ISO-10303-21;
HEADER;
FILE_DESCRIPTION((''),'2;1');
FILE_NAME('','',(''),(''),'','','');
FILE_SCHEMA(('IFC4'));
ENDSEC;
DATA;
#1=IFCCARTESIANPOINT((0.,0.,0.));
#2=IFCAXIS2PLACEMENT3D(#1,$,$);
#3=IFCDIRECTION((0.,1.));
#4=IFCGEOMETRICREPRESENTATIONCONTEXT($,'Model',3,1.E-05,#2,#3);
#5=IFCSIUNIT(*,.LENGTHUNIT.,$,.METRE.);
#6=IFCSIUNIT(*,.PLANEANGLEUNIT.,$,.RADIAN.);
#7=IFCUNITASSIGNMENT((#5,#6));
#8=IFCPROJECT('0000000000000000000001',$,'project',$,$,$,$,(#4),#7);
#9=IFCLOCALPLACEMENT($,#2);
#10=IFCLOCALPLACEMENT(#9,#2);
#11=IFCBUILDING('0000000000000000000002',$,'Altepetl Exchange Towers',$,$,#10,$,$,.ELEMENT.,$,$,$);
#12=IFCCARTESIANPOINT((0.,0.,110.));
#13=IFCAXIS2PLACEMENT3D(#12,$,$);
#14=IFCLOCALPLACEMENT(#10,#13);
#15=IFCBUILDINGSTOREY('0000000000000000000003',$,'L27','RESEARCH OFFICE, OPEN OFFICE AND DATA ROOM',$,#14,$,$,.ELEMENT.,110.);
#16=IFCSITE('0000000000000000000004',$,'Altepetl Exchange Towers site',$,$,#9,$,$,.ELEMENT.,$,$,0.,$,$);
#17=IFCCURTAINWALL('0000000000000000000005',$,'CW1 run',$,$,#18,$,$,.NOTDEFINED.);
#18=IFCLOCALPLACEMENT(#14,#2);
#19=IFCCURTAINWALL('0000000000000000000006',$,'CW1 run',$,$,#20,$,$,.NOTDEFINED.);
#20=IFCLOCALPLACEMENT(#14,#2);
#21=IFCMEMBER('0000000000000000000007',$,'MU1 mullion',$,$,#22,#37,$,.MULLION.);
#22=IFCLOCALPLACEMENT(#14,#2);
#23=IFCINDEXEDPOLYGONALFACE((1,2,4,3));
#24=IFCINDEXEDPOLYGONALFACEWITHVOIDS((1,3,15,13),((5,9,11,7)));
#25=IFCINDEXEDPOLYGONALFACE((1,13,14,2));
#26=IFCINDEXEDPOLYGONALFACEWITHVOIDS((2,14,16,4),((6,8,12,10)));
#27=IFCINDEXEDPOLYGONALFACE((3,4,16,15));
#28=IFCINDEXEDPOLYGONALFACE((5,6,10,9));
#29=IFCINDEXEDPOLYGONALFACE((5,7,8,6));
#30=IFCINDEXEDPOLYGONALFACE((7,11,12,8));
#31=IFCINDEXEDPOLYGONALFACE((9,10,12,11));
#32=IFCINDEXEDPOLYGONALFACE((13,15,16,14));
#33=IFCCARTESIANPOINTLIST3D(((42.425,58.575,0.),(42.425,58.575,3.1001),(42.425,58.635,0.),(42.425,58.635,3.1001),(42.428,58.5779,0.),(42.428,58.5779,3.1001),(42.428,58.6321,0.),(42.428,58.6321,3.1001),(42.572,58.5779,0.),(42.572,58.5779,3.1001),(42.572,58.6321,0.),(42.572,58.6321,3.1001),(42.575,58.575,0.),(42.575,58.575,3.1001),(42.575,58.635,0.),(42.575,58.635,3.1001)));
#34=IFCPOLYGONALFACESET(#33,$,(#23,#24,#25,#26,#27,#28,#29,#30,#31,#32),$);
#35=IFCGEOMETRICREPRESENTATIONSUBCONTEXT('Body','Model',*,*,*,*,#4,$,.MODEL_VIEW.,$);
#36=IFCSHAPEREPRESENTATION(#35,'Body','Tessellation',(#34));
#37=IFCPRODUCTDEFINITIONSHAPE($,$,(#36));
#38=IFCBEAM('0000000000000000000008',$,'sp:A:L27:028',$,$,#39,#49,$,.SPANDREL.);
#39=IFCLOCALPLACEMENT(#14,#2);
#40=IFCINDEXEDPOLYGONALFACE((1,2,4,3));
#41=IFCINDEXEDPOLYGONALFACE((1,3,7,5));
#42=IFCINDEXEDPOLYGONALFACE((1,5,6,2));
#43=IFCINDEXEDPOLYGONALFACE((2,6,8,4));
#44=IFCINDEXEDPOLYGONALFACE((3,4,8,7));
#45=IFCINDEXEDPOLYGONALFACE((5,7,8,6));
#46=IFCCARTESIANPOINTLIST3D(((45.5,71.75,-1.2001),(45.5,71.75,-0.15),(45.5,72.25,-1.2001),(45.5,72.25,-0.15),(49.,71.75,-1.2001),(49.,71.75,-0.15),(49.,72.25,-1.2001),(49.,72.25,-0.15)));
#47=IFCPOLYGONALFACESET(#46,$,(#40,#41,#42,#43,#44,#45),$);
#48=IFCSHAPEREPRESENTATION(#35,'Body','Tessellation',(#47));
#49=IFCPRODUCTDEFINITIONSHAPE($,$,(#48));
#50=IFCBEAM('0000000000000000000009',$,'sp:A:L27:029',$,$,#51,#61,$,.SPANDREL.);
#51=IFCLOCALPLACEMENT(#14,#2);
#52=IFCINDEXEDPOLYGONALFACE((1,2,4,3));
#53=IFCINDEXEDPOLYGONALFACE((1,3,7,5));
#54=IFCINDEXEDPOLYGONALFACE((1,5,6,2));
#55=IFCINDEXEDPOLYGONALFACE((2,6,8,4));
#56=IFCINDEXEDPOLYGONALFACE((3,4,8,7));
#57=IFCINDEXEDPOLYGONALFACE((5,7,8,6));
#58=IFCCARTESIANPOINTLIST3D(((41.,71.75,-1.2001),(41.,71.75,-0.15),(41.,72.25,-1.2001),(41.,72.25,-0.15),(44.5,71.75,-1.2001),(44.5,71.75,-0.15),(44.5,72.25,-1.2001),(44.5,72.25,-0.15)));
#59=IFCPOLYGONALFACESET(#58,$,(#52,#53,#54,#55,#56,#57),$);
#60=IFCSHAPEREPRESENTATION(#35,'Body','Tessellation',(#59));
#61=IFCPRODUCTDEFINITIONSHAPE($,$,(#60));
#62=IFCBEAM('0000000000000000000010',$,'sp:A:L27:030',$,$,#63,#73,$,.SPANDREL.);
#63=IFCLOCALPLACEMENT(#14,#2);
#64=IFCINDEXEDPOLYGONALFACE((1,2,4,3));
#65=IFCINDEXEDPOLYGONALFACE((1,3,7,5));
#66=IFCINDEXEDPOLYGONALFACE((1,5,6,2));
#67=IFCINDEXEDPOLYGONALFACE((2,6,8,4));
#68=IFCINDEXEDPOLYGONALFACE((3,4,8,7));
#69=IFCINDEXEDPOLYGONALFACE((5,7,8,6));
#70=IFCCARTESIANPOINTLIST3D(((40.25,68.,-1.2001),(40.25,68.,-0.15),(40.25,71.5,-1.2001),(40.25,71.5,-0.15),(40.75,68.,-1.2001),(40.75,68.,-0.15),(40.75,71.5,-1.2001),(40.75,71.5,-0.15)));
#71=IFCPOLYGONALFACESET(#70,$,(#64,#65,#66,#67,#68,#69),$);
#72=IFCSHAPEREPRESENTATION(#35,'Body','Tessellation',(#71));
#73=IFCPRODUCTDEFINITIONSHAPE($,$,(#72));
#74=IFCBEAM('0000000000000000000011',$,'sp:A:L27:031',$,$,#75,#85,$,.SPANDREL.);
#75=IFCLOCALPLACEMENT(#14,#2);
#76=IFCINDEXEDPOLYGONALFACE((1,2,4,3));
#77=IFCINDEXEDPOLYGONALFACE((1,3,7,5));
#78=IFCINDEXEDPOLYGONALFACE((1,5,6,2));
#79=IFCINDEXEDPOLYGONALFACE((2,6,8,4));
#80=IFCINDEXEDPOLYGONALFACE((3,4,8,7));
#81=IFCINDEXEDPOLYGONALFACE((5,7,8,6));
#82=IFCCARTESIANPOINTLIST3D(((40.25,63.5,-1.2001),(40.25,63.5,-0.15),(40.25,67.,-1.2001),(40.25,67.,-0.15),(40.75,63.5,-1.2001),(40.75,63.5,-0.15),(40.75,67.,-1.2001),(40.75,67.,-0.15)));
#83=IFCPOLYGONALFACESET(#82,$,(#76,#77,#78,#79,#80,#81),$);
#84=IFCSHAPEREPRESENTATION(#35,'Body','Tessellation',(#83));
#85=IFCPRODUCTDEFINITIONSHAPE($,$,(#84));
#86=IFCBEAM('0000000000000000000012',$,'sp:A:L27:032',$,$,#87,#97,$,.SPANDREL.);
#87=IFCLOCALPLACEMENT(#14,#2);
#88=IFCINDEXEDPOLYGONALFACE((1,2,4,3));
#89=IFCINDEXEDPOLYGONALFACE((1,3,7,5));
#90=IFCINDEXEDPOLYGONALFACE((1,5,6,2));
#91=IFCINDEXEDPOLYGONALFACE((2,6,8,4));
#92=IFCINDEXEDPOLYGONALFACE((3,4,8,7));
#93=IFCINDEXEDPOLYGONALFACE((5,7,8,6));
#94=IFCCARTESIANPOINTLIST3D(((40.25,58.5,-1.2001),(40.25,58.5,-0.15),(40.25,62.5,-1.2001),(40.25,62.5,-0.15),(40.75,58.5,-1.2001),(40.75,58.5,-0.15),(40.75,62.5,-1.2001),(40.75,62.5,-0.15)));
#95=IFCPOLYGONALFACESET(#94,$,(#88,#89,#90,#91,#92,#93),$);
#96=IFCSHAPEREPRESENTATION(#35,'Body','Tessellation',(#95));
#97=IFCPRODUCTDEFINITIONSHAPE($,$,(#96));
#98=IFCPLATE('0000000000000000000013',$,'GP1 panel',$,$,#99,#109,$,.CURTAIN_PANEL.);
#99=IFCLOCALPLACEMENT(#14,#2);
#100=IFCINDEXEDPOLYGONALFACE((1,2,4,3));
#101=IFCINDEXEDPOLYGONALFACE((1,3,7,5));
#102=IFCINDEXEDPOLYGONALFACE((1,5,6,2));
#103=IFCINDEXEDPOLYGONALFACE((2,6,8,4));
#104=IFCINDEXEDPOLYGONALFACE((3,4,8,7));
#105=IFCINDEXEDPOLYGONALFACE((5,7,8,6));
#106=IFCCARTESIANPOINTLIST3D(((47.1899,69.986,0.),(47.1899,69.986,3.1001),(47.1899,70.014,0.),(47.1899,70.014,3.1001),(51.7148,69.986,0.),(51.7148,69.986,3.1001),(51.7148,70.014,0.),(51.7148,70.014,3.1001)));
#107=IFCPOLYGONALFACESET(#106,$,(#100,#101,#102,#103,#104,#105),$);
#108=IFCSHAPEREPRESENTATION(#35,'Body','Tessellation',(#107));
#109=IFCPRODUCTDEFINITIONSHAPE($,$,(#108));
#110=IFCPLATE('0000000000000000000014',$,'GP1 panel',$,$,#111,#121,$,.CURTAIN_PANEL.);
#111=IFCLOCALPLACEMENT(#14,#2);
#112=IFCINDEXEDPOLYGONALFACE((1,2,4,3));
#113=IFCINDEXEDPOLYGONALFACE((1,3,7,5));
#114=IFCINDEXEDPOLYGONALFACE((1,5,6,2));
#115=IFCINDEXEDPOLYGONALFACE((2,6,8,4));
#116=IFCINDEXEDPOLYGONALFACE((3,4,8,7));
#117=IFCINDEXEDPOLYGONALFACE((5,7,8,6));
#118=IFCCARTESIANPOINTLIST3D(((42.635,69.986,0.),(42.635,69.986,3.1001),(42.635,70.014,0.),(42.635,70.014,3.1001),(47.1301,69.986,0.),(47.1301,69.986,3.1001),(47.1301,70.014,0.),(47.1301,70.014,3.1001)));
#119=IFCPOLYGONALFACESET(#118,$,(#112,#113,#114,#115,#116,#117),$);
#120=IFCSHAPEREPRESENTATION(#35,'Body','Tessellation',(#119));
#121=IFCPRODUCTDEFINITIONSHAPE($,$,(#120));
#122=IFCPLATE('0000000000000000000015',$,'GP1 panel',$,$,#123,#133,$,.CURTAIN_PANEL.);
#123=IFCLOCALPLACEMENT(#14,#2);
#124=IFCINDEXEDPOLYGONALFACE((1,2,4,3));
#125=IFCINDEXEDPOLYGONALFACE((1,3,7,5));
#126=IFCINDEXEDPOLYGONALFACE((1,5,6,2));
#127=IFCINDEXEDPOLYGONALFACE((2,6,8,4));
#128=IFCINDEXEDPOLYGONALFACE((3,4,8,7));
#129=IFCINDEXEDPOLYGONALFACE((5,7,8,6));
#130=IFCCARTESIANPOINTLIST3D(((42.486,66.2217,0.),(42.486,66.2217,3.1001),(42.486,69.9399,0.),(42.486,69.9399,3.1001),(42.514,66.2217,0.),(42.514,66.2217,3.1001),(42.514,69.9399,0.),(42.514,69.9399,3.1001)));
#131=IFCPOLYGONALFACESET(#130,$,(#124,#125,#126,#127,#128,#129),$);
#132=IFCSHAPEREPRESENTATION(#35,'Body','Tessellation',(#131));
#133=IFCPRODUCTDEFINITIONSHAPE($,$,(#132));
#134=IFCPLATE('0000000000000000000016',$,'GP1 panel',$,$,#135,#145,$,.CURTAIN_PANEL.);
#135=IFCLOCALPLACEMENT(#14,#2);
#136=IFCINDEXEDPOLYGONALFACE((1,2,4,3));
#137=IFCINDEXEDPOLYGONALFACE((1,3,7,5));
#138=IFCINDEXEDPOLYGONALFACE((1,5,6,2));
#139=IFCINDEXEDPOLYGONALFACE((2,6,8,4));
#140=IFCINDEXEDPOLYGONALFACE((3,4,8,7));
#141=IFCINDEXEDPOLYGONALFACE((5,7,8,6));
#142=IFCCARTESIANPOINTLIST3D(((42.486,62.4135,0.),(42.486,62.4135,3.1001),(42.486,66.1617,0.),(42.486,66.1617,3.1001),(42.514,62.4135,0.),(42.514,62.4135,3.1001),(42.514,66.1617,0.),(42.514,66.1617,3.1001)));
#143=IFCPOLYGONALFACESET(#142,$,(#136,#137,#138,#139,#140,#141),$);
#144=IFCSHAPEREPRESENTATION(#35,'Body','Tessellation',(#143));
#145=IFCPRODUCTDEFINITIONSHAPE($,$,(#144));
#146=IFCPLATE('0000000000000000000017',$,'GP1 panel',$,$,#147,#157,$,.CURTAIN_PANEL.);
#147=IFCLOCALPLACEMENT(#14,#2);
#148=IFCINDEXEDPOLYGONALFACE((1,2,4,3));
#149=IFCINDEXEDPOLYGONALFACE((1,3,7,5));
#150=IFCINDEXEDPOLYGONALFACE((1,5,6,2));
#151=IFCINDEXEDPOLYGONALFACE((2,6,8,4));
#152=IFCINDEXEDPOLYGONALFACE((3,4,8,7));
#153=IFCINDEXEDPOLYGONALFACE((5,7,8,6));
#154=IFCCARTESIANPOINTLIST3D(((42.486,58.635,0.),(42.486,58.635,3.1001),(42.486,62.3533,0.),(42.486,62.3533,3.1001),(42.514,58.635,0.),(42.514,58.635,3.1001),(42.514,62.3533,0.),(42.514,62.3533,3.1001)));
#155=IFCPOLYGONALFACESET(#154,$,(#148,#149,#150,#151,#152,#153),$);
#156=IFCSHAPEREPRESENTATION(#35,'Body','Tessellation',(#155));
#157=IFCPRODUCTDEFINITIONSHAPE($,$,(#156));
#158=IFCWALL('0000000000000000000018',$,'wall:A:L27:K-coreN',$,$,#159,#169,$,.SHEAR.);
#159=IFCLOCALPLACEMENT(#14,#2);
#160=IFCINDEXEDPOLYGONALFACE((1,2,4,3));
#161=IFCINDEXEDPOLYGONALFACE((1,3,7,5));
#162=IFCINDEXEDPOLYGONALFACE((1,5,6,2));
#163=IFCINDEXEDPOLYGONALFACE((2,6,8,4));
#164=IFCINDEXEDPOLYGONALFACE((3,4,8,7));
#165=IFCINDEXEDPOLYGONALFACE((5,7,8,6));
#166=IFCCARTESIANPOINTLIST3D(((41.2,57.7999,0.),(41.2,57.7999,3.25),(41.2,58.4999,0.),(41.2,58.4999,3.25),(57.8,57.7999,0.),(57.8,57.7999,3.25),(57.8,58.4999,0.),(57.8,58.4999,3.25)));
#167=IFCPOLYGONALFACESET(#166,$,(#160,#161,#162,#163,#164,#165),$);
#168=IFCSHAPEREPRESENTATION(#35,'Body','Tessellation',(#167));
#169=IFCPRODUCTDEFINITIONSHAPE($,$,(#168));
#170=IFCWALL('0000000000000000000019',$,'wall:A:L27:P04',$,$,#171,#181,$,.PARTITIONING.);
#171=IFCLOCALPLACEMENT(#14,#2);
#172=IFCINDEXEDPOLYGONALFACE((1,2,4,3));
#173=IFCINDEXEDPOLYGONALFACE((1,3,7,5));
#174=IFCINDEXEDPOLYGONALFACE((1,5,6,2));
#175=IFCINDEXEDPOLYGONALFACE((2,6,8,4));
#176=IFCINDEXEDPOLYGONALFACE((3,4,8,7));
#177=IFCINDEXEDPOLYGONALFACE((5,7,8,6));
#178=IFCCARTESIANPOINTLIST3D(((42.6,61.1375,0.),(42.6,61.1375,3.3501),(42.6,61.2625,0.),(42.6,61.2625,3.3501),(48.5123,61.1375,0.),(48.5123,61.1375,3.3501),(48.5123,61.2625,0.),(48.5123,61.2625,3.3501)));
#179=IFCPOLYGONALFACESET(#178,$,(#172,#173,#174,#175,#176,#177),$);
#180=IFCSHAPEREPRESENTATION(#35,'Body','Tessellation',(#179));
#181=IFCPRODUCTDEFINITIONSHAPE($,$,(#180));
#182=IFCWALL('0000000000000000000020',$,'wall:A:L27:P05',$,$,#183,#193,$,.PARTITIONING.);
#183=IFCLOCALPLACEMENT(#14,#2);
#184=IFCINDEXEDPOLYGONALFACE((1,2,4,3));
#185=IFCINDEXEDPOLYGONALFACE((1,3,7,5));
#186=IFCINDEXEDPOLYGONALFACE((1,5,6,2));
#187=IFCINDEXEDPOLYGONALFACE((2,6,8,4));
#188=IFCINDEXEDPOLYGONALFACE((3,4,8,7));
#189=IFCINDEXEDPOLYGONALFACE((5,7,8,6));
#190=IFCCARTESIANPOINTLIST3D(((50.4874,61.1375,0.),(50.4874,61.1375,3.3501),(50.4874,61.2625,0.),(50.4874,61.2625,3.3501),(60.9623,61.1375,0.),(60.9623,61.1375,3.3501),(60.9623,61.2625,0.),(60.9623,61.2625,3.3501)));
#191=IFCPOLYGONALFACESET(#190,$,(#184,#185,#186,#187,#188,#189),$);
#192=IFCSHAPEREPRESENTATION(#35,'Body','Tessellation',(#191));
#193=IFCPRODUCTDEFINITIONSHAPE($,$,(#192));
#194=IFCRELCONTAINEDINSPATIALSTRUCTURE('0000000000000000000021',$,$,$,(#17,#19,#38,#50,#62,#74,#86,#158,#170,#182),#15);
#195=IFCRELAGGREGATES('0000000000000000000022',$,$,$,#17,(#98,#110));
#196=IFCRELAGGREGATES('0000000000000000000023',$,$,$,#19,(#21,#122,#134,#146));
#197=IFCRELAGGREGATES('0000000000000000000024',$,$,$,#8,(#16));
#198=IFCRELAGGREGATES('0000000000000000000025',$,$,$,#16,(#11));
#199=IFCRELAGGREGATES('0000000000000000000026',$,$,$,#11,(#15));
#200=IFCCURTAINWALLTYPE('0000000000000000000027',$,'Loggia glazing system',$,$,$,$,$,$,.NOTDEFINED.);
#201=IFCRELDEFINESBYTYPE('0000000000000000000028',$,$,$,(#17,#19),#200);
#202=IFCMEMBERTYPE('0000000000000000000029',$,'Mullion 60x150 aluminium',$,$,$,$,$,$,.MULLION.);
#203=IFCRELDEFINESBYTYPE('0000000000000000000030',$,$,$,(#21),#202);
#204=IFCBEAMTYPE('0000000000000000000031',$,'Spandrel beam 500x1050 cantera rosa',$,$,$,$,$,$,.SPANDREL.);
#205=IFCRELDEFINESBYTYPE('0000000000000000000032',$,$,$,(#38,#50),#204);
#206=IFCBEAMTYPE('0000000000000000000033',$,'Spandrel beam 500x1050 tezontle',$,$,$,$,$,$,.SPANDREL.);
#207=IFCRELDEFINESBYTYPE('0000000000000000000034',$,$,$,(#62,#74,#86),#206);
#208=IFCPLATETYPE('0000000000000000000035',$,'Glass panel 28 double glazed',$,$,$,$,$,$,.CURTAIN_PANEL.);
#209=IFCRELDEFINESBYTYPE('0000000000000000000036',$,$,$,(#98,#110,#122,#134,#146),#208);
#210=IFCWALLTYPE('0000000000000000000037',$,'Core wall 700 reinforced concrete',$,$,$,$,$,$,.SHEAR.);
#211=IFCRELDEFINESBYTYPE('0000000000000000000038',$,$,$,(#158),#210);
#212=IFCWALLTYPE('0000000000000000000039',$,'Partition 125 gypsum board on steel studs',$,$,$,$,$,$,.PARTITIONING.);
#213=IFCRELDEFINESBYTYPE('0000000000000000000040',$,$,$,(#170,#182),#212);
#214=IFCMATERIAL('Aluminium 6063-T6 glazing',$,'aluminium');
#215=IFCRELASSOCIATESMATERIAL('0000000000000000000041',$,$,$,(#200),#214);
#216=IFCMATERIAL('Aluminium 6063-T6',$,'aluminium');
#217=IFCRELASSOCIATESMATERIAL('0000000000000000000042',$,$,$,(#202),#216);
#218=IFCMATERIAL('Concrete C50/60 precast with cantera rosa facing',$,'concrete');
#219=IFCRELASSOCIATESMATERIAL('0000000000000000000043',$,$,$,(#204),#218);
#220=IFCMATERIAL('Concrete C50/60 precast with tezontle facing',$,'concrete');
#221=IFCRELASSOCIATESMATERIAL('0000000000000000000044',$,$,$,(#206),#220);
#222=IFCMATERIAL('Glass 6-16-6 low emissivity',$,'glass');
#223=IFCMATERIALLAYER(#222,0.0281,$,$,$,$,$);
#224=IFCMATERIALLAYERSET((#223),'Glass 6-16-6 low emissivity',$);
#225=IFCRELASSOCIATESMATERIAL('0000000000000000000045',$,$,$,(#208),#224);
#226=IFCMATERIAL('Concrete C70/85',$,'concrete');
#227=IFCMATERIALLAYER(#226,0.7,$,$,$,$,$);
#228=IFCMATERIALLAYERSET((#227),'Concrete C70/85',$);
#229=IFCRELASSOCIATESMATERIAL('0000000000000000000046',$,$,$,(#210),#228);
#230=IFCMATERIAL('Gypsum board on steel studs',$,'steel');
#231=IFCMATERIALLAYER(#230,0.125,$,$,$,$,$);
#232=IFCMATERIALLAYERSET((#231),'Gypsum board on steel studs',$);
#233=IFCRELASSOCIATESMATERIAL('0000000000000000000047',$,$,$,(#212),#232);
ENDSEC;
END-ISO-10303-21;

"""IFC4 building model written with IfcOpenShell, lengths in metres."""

from ifc_helpers import new_model, si_unit, direction, frame, frame_2d, origin, origin_2d, place, context, subcontext, project, spatial, rectangle, hollow_rectangle, extrude, material, layer, layer_set, material_profile, profile_set, type_object, element, aggregate, save


model = new_model("IFC4")

# Units and contexts
model_context = context("Model", 3, precision=1e-05, world=origin(), true_north=direction((0.0, 1.0)))
body_context = subcontext(model_context, "Body", "Model", "MODEL_VIEW")
ifc_project = project(units=[si_unit("LENGTHUNIT", "METRE"), si_unit("PLANEANGLEUNIT", "RADIAN")], contexts=[model_context])

# Site, building, storey
site_placement = place(None, origin())
site = spatial("IfcSite", under=ifc_project, at=site_placement, Name="Altepetl Exchange Towers site", CompositionType="ELEMENT", RefElevation=0.0)
building_placement = place(site_placement, origin())
building = spatial("IfcBuilding", under=site, at=building_placement, Name="Altepetl Exchange Towers", CompositionType="ELEMENT")
storey_placement = place(building_placement, frame((0.0, 0.0, 110.0)))
storey = spatial("IfcBuildingStorey", under=building, at=storey_placement, Name="L27", Description="RESEARCH OFFICE, OPEN OFFICE AND DATA ROOM", CompositionType="ELEMENT", Elevation=110.0)

# Curtain walls, member
ifc_material_1 = material(Name="Aluminium 6063-T6 glazing", Category="aluminium")
curtain_wall_type = type_object("IfcCurtainWallType", Name="Loggia glazing system", PredefinedType="NOTDEFINED", material=ifc_material_1)
curtain_wall_1_placement = place(storey_placement, origin())
curtain_wall_1 = element("IfcCurtainWall", 1, at=curtain_wall_1_placement, inside=storey, type_object=curtain_wall_type, Name="CW1 run", PredefinedType="NOTDEFINED")
ifc_material_2 = material(Name="Aluminium 6063-T6", Category="aluminium")
ifc_material_profile_1 = material_profile(ifc_material_2, hollow_rectangle(XDim=0.0601, YDim=0.1499, WallThickness=0.0029, at=origin_2d()), Name="Mullion 60x150 aluminium")
ifc_profile_set_1 = profile_set([ifc_material_profile_1], Name="Aluminium 6063-T6")
member_type = type_object("IfcMemberType", Name="Mullion 60x150 aluminium", PredefinedType="MULLION", material=ifc_profile_set_1)
curtain_wall_2_placement = place(storey_placement, origin())
curtain_wall_2 = element("IfcCurtainWall", 2, at=curtain_wall_2_placement, inside=storey, type_object=curtain_wall_type, Name="CW1 run", PredefinedType="NOTDEFINED")
member_1_placement = place(storey_placement, frame((42.5, 58.605, 0.0), z_axis=(0.0, 0.0, 1.0), x_axis=(0.0, -1.0, 0.0)))
member_1 = element("IfcMember", 3, at=member_1_placement, type_object=member_type, Name="MU1 mullion", PredefinedType="MULLION", context=body_context, shape_type="SweptSolid", body=[
    extrude(hollow_rectangle(XDim=0.0601, YDim=0.1499, WallThickness=0.0029, at=origin_2d()), origin(), (0.0, 0.0, 1.0), 3.1001),
])

# Beams
ifc_material_3 = material(Name="Concrete C50/60 precast with cantera rosa facing", Category="concrete")
ifc_material_profile_2 = material_profile(ifc_material_3, rectangle(XDim=0.5, YDim=1.05, at=origin_2d()), Name="500 x 1050")
ifc_profile_set_2 = profile_set([ifc_material_profile_2], Name="Concrete C50/60 precast with cantera rosa facing")
beam_type_1 = type_object("IfcBeamType", Name="Spandrel beam 500x1050 cantera rosa", PredefinedType="SPANDREL", material=ifc_profile_set_2)
for number, where, z_axis, x_axis, name in (
    (4, (49.0, 72.0, -0.675), (-1.0, 0.0, 0.0), (0.0, -1.0, 0.0), "sp:A:L27:028"),
    (5, (44.5, 72.0, -0.675), (-1.0, 0.0, 0.0), (0.0, -1.0, 0.0), "sp:A:L27:029"),
):
    element("IfcBeam", number, at=place(storey_placement, frame(where, z_axis=z_axis, x_axis=x_axis)), inside=storey, type_object=beam_type_1, Name=name, PredefinedType="SPANDREL", context=body_context, shape_type="SweptSolid", body=[
        extrude(rectangle(XDim=0.5, YDim=1.05, at=origin_2d()), origin(), (0.0, 0.0, 1.0), 3.5),
    ])
ifc_material_4 = material(Name="Concrete C50/60 precast with tezontle facing", Category="concrete")
ifc_material_profile_3 = material_profile(ifc_material_4, rectangle(XDim=0.5, YDim=1.05, at=origin_2d()), Name="500 x 1050")
ifc_profile_set_3 = profile_set([ifc_material_profile_3], Name="Concrete C50/60 precast with tezontle facing")
beam_type_2 = type_object("IfcBeamType", Name="Spandrel beam 500x1050 tezontle", PredefinedType="SPANDREL", material=ifc_profile_set_3)
for number, where, z_axis, x_axis, name in (
    (6, (40.5, 71.5, -0.675), (0.0, -1.0, 0.0), (1.0, 0.0, 0.0), "sp:A:L27:030"),
    (7, (40.5, 67.0, -0.675), (0.0, -1.0, 0.0), (1.0, 0.0, 0.0), "sp:A:L27:031"),
):
    element("IfcBeam", number, at=place(storey_placement, frame(where, z_axis=z_axis, x_axis=x_axis)), inside=storey, type_object=beam_type_2, Name=name, PredefinedType="SPANDREL", context=body_context, shape_type="SweptSolid", body=[
        extrude(rectangle(XDim=0.5, YDim=1.05, at=origin_2d()), origin(), (0.0, 0.0, 1.0), 3.5),
    ])
beam_placement = place(storey_placement, frame((40.5, 62.5, -0.675), z_axis=(0.0, -1.0, 0.0), x_axis=(1.0, 0.0, 0.0)))
element("IfcBeam", 8, at=beam_placement, inside=storey, type_object=beam_type_2, Name="sp:A:L27:032", PredefinedType="SPANDREL", context=body_context, shape_type="SweptSolid", body=[
    extrude(rectangle(XDim=0.5, YDim=1.05, at=origin_2d()), origin(), (0.0, 0.0, 1.0), 4.0),
])

# Plates
ifc_material_5 = material(Name="Glass 6-16-6 low emissivity", Category="glass")
ifc_layer_1 = layer(ifc_material_5, 0.0281)
ifc_layer_set_1 = layer_set([ifc_layer_1], Name="Glass 6-16-6 low emissivity")
plate_type = type_object("IfcPlateType", Name="Glass panel 28 double glazed", PredefinedType="CURTAIN_PANEL", material=ifc_layer_set_1)
plate_1_placement = place(storey_placement, frame((49.4524, 70.0, 0.0), z_axis=(0.0, 0.0, 1.0), x_axis=(-1.0, 0.0, 0.0)))
plate_1 = element("IfcPlate", 9, at=plate_1_placement, type_object=plate_type, Name="GP1 panel", PredefinedType="CURTAIN_PANEL", context=body_context, shape_type="SweptSolid", body=[
    extrude(rectangle(XDim=4.5249, YDim=0.0281, at=origin_2d()), origin(), (0.0, 0.0, 1.0), 3.1001),
])
plate_2_placement = place(storey_placement, frame((44.8826, 70.0, 0.0), z_axis=(0.0, 0.0, 1.0), x_axis=(-1.0, 0.0, 0.0)))
plate_2 = element("IfcPlate", 10, at=plate_2_placement, type_object=plate_type, Name="GP1 panel", PredefinedType="CURTAIN_PANEL", context=body_context, shape_type="SweptSolid", body=[
    extrude(rectangle(XDim=4.4951, YDim=0.0281, at=origin_2d()), origin(), (0.0, 0.0, 1.0), 3.1001),
])
aggregate(curtain_wall_1, [plate_1, plate_2])
plate_3_placement = place(storey_placement, frame((42.5, 68.0808, 0.0), z_axis=(0.0, 0.0, 1.0), x_axis=(0.0, -1.0, 0.0)))
plate_3 = element("IfcPlate", 11, at=plate_3_placement, type_object=plate_type, Name="GP1 panel", PredefinedType="CURTAIN_PANEL", context=body_context, shape_type="SweptSolid", body=[
    extrude(rectangle(XDim=3.7183, YDim=0.0281, at=origin_2d()), origin(), (0.0, 0.0, 1.0), 3.1001),
])
plate_4_placement = place(storey_placement, frame((42.5, 64.2876, 0.0), z_axis=(0.0, 0.0, 1.0), x_axis=(0.0, -1.0, 0.0)))
plate_4 = element("IfcPlate", 12, at=plate_4_placement, type_object=plate_type, Name="GP1 panel", PredefinedType="CURTAIN_PANEL", context=body_context, shape_type="SweptSolid", body=[
    extrude(rectangle(XDim=3.7483, YDim=0.0281, at=origin_2d()), origin(), (0.0, 0.0, 1.0), 3.1001),
])
plate_5_placement = place(storey_placement, frame((42.5, 60.4941, 0.0), z_axis=(0.0, 0.0, 1.0), x_axis=(0.0, -1.0, 0.0)))
plate_5 = element("IfcPlate", 13, at=plate_5_placement, type_object=plate_type, Name="GP1 panel", PredefinedType="CURTAIN_PANEL", context=body_context, shape_type="SweptSolid", body=[
    extrude(rectangle(XDim=3.7183, YDim=0.0281, at=origin_2d()), origin(), (0.0, 0.0, 1.0), 3.1001),
])
aggregate(curtain_wall_2, [member_1, plate_3, plate_4, plate_5])

# Walls
ifc_material_6 = material(Name="Concrete C70/85", Category="concrete")
ifc_layer_2 = layer(ifc_material_6, 0.7)
ifc_layer_set_2 = layer_set([ifc_layer_2], Name="Concrete C70/85")
wall_type_1 = type_object("IfcWallType", Name="Core wall 700 reinforced concrete", PredefinedType="SHEAR", material=ifc_layer_set_2)
wall_1_placement = place(storey_placement, frame((41.2, 58.1499, 0.0)))
element("IfcWall", 14, at=wall_1_placement, inside=storey, type_object=wall_type_1, Name="wall:A:L27:K-coreN", PredefinedType="SHEAR", context=body_context, shape_type="SweptSolid", body=[
    extrude(rectangle(XDim=16.6001, YDim=0.7, at=frame_2d((8.3, 0.0))), origin(), (0.0, 0.0, 1.0), 3.25),
])
ifc_material_7 = material(Name="Gypsum board on steel studs", Category="steel")
ifc_layer_3 = layer(ifc_material_7, 0.125)
ifc_layer_set_3 = layer_set([ifc_layer_3], Name="Gypsum board on steel studs")
wall_type_2 = type_object("IfcWallType", Name="Partition 125 gypsum board on steel studs", PredefinedType="PARTITIONING", material=ifc_layer_set_3)
wall_2_placement = place(storey_placement, frame((42.6001, 61.2, 0.0)))
element("IfcWall", 15, at=wall_2_placement, inside=storey, type_object=wall_type_2, Name="wall:A:L27:P04", PredefinedType="PARTITIONING", context=body_context, shape_type="SweptSolid", body=[
    extrude(rectangle(XDim=5.9124, YDim=0.125, at=frame_2d((2.9561, 0.0))), origin(), (0.0, 0.0, 1.0), 3.3501),
])
wall_3_placement = place(storey_placement, frame((50.4875, 61.2, 0.0)))
element("IfcWall", 16, at=wall_3_placement, inside=storey, type_object=wall_type_2, Name="wall:A:L27:P05", PredefinedType="PARTITIONING", context=body_context, shape_type="SweptSolid", body=[
    extrude(rectangle(XDim=10.4749, YDim=0.125, at=frame_2d((5.2373, 0.0))), origin(), (0.0, 0.0, 1.0), 3.3501),
])

save(model, "model.ifc")
